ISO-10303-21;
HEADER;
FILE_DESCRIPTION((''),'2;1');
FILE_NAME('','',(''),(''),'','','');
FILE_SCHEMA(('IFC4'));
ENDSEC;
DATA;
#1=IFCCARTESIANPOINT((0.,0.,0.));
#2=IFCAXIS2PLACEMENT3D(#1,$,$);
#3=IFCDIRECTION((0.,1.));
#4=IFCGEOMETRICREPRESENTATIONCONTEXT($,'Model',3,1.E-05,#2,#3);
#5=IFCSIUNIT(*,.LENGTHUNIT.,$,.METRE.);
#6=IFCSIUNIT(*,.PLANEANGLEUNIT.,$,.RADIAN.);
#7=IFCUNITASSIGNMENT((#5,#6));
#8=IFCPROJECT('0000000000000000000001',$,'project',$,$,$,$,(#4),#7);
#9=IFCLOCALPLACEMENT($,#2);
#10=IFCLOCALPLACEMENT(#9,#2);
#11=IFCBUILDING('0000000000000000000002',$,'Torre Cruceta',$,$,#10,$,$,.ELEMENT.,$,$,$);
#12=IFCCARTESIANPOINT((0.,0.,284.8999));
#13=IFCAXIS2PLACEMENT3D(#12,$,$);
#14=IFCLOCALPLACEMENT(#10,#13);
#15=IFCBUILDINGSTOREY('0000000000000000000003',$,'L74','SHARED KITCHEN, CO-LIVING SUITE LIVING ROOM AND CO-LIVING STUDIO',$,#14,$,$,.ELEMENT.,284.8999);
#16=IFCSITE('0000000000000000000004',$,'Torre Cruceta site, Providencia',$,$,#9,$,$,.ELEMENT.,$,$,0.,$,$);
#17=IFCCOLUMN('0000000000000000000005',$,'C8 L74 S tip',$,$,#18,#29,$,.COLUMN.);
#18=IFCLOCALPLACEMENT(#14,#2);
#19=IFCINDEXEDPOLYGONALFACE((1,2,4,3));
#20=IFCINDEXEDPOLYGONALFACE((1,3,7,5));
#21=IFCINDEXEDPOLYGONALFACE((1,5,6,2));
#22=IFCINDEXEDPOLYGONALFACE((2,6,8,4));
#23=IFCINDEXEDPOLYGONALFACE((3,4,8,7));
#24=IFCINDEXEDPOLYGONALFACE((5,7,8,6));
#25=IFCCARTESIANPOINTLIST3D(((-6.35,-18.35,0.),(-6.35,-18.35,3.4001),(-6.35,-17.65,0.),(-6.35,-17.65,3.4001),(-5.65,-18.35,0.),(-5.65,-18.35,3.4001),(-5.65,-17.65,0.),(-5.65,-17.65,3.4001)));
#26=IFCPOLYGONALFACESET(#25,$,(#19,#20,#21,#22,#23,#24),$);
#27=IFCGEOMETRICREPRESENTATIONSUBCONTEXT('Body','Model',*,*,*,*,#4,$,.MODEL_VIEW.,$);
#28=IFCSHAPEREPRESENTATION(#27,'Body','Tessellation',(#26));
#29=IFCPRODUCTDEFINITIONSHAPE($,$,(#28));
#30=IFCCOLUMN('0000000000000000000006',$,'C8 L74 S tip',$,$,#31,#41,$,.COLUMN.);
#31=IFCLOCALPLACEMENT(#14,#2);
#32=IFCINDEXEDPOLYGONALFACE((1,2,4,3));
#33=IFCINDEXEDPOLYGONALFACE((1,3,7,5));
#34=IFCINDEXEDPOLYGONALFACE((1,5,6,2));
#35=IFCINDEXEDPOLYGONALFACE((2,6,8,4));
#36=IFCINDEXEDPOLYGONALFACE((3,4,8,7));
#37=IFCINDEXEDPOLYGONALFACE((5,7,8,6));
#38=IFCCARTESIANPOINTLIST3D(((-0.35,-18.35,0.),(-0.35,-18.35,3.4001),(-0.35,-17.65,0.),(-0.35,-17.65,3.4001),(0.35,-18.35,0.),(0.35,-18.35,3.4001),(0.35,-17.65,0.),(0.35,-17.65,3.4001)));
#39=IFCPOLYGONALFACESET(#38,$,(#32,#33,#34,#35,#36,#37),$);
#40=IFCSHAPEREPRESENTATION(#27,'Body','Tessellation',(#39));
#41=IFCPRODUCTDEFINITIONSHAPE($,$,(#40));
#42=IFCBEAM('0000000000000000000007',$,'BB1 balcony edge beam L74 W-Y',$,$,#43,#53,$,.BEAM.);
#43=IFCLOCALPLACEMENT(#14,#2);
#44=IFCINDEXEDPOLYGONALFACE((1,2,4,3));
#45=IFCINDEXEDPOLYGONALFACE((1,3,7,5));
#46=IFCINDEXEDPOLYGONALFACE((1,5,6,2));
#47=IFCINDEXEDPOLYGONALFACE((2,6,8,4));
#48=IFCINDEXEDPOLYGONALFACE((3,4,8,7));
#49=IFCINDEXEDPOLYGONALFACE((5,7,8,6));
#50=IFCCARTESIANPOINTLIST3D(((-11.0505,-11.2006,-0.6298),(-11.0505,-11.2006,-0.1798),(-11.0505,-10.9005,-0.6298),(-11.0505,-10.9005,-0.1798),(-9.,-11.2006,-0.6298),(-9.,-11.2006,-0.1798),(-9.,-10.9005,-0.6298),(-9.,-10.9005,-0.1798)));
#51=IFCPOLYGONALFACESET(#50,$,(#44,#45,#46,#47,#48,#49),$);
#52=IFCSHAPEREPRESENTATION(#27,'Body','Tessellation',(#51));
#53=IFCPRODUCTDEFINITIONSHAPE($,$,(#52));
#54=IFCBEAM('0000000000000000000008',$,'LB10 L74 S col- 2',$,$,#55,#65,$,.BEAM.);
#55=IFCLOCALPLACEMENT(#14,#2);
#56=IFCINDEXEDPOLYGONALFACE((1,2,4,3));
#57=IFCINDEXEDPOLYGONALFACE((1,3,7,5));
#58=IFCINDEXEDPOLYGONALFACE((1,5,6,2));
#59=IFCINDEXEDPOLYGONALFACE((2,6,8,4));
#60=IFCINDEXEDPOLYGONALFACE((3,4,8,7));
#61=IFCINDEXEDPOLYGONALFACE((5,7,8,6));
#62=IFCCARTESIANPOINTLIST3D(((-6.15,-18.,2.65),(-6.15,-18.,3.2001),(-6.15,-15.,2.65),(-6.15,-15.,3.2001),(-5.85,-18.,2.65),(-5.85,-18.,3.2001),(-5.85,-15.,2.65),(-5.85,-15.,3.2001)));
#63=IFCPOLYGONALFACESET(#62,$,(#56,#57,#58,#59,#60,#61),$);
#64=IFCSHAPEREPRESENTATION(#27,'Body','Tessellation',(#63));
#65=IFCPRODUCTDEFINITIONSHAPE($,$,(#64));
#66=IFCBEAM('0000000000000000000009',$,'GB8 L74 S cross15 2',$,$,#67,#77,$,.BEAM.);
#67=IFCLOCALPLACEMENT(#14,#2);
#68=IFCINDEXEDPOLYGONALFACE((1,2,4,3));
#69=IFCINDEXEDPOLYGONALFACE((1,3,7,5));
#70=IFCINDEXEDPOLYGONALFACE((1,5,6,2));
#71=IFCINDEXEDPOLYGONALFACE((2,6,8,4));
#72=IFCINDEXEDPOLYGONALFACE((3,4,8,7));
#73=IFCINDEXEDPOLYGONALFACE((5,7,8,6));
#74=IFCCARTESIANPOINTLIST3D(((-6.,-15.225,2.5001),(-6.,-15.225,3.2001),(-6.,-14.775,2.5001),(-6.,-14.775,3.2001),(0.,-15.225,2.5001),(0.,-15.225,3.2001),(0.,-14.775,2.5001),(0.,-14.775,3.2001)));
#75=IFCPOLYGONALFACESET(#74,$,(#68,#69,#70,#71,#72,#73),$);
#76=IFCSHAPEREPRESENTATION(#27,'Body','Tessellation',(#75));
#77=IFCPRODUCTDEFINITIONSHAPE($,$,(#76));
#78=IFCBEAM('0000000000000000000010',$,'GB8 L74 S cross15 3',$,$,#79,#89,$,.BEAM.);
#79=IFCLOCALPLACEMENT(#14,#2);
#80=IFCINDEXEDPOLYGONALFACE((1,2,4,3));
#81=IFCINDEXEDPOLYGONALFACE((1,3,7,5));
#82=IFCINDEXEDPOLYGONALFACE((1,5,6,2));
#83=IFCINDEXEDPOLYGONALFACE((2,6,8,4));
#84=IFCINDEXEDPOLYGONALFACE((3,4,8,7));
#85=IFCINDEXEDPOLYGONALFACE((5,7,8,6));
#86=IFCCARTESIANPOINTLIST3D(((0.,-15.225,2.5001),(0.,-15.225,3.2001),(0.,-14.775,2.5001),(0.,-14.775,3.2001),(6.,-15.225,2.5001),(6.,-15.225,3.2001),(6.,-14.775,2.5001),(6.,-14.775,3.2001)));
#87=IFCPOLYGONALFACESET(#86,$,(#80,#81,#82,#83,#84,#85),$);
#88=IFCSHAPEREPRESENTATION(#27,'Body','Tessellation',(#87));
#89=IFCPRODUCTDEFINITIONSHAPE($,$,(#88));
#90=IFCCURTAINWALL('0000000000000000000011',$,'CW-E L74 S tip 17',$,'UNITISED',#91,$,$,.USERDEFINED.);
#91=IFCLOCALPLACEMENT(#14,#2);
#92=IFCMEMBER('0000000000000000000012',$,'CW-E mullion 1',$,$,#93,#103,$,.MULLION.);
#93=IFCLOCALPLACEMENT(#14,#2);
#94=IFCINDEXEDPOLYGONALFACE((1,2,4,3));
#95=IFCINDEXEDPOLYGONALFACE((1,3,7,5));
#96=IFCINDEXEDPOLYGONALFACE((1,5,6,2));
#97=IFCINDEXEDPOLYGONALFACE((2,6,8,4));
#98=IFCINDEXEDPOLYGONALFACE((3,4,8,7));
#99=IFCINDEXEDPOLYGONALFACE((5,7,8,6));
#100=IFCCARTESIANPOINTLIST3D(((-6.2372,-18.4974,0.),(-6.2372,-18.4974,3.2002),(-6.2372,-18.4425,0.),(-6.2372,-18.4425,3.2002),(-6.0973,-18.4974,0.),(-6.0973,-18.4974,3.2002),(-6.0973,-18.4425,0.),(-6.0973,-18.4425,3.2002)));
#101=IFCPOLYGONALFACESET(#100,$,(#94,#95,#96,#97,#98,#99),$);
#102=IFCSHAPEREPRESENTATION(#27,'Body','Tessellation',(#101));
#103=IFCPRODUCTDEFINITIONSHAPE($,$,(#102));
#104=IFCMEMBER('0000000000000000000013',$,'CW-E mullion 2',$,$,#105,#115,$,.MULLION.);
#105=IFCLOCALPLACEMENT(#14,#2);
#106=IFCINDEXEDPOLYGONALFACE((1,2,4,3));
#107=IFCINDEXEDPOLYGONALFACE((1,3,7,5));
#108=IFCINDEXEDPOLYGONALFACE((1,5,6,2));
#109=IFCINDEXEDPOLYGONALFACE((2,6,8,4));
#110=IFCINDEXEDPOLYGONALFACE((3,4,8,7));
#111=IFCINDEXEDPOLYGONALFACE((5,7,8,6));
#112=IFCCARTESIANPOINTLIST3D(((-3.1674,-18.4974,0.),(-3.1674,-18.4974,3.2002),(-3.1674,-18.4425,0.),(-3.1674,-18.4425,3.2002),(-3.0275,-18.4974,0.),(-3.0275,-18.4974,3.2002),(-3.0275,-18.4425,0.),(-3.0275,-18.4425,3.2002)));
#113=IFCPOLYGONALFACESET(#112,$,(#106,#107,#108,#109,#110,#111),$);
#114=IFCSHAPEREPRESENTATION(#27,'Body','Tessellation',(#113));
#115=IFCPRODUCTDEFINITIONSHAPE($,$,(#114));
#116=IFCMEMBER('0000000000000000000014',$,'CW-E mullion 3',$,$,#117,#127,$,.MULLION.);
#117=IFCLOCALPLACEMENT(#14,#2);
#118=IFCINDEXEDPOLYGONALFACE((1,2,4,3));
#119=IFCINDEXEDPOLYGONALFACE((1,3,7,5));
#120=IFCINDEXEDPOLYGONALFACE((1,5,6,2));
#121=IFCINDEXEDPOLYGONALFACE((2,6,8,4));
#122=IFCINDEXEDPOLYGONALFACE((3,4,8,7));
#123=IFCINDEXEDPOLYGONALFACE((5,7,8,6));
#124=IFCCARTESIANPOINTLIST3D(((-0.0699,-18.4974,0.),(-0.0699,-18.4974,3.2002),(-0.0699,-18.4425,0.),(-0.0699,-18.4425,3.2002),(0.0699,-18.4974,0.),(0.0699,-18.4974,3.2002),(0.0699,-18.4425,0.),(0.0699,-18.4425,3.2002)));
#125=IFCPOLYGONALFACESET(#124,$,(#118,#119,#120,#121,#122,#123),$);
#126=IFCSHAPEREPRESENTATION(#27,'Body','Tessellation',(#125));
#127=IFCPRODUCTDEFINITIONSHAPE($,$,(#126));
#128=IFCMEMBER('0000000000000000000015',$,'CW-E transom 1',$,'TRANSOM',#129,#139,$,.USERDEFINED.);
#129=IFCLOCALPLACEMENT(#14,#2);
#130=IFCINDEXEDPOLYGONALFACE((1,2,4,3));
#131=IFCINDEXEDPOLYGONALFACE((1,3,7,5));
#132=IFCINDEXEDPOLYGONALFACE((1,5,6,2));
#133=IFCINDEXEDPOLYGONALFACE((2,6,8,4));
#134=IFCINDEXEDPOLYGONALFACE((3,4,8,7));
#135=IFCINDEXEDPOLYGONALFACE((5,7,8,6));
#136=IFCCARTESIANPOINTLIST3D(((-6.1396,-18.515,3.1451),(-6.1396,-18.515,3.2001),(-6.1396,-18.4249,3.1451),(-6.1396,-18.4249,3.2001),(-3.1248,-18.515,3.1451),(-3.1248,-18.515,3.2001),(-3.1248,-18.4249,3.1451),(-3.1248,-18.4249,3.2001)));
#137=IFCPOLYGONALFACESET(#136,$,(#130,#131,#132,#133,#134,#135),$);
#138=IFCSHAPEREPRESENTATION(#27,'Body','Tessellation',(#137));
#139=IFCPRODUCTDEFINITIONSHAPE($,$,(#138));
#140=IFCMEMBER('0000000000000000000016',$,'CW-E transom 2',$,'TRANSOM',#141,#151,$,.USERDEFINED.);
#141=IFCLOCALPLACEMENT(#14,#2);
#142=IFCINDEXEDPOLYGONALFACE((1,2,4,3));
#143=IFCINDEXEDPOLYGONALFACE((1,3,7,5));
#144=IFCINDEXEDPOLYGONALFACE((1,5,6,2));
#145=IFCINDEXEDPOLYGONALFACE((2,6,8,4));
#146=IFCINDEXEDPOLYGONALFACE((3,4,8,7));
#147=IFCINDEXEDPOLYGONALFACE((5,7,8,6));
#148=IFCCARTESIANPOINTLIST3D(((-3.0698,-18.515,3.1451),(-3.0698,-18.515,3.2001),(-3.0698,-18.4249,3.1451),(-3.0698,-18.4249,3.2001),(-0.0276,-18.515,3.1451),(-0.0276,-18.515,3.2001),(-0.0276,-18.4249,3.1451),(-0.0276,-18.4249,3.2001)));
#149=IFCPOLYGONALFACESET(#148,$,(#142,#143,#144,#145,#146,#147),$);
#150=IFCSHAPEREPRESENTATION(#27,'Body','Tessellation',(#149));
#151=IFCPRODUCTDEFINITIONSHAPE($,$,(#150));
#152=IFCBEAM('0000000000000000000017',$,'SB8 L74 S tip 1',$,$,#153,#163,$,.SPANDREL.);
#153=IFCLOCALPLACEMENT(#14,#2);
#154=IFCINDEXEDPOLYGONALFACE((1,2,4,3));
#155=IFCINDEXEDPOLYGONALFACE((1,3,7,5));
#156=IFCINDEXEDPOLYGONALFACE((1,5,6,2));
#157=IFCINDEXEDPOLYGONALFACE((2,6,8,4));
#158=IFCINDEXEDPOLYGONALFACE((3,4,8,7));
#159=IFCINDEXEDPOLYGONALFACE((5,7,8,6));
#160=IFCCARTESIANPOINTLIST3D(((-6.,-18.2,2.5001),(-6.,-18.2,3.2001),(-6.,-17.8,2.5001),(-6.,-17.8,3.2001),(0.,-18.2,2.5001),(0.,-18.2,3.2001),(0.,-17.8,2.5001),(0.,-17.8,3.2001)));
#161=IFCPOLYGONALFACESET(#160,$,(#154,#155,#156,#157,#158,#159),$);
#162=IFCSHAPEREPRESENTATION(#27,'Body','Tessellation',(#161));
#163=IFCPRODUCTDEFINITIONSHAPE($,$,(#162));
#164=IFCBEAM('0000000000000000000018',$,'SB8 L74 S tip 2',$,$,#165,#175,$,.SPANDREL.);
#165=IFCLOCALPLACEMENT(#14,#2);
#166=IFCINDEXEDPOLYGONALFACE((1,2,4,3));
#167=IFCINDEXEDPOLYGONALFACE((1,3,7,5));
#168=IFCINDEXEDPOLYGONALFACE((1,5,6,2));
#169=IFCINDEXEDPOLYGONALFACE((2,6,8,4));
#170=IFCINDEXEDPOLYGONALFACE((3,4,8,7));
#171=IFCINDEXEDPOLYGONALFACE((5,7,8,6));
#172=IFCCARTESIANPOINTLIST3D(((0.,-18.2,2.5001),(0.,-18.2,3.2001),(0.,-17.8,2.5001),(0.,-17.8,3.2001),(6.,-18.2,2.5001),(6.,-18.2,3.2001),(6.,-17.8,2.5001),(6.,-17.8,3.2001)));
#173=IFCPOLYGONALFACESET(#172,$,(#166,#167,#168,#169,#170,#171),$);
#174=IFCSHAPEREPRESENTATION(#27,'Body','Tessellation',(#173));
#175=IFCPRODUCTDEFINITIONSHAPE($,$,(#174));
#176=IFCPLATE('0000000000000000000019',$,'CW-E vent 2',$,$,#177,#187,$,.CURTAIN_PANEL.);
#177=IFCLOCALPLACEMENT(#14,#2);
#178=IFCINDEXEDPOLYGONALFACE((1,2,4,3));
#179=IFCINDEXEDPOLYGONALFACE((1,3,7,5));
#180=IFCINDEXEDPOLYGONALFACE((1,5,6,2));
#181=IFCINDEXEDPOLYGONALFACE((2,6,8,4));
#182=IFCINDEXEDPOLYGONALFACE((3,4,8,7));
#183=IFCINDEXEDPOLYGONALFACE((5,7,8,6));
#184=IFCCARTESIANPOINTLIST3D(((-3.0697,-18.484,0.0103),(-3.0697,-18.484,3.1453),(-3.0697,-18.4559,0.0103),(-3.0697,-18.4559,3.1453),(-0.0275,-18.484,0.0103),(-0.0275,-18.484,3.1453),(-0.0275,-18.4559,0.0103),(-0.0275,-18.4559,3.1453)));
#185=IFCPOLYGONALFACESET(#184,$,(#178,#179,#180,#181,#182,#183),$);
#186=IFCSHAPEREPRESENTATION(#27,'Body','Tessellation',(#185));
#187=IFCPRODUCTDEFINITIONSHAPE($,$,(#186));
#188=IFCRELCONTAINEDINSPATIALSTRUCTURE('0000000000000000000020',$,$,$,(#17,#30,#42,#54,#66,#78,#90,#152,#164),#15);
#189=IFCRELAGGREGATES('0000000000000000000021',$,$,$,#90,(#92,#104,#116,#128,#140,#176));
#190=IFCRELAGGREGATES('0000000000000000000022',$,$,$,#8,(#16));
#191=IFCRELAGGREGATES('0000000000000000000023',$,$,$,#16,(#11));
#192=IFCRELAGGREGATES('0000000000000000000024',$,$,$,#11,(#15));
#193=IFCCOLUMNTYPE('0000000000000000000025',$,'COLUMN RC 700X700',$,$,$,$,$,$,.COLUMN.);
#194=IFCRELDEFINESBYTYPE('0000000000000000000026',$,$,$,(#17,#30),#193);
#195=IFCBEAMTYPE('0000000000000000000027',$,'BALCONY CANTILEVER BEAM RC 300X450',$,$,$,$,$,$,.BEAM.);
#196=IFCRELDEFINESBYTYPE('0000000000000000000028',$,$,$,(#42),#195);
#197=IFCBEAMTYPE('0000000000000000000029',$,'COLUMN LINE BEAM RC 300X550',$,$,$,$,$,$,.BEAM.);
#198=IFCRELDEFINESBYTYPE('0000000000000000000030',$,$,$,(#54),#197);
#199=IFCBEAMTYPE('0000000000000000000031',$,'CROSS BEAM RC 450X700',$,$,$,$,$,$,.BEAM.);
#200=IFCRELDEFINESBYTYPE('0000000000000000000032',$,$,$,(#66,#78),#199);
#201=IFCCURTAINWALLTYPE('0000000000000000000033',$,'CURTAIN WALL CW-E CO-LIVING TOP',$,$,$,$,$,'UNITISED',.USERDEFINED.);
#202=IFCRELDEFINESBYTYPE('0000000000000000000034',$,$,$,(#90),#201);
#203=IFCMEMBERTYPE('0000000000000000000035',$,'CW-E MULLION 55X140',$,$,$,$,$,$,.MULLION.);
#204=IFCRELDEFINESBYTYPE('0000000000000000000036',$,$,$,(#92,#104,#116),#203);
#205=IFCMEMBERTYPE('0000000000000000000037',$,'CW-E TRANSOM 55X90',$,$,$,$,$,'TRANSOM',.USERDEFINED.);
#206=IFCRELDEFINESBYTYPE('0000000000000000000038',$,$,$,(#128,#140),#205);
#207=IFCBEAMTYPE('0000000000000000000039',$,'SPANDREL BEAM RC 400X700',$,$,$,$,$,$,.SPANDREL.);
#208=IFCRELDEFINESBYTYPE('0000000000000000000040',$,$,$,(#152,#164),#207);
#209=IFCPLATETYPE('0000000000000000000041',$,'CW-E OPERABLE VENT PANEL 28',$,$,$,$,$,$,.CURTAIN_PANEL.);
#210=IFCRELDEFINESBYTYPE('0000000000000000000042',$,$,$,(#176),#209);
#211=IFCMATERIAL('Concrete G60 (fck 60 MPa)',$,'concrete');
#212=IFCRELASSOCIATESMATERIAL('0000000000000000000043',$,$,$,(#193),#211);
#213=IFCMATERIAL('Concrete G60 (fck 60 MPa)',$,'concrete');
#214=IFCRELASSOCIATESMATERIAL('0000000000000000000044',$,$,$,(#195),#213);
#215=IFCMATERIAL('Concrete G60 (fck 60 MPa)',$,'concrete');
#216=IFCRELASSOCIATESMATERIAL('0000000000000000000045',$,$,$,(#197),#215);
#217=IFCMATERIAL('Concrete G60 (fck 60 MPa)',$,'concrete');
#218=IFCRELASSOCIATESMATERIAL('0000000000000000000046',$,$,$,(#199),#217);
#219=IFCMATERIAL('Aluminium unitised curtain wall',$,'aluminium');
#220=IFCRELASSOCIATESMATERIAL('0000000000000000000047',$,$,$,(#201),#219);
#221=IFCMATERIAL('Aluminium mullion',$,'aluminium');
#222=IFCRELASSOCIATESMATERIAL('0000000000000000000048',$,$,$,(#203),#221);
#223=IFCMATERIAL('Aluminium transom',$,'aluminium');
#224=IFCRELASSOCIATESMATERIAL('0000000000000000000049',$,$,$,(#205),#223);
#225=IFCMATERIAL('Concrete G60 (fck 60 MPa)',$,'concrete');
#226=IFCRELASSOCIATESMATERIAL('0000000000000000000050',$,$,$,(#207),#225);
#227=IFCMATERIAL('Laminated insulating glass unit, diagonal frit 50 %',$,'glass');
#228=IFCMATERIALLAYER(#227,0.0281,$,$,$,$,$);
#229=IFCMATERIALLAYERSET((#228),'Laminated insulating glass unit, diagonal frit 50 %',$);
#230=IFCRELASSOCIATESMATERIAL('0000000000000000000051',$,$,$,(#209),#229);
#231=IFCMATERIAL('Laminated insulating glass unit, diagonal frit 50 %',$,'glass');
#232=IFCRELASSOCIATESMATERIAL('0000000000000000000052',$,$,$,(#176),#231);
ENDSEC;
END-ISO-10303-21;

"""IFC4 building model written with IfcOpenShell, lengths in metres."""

from ifc_helpers import new_model, si_unit, direction, frame, origin, origin_2d, place, context, subcontext, project, spatial, rectangle, extrude, material, layer, layer_set, material_profile, profile_set, type_object, element, aggregate, save


model = new_model("IFC4")

# Units and contexts
model_context = context("Model", 3, precision=1e-05, world=origin(), true_north=direction((0.0, 1.0)))
body_context = subcontext(model_context, "Body", "Model", "MODEL_VIEW")
ifc_project = project(units=[si_unit("LENGTHUNIT", "METRE"), si_unit("PLANEANGLEUNIT", "RADIAN")], contexts=[model_context])

# Site, building, storey
site_placement = place(None, origin())
site = spatial("IfcSite", under=ifc_project, at=site_placement, Name="Torre Cruceta site, Providencia", CompositionType="ELEMENT", RefElevation=0.0)
building_placement = place(site_placement, origin())
building = spatial("IfcBuilding", under=site, at=building_placement, Name="Torre Cruceta", CompositionType="ELEMENT")
storey_placement = place(building_placement, frame((0.0, 0.0, 284.8999)))
storey = spatial("IfcBuildingStorey", under=building, at=storey_placement, Name="L74", Description="SHARED KITCHEN, CO-LIVING SUITE LIVING ROOM AND CO-LIVING STUDIO", CompositionType="ELEMENT", Elevation=284.8999)

# Columns
ifc_material_1 = material(Name="Concrete G60 (fck 60 MPa)", Category="concrete")
ifc_material_profile_1 = material_profile(ifc_material_1, rectangle(XDim=0.7, YDim=0.7, at=origin_2d()), Name="RC 700X700")
ifc_profile_set_1 = profile_set([ifc_material_profile_1], Name="Concrete G60 (fck 60 MPa)")
column_type = type_object("IfcColumnType", Name="COLUMN RC 700X700", PredefinedType="COLUMN", material=ifc_profile_set_1)
for number, where, z_axis, x_axis, name in (
    (1, (-6.0, -18.0, 0.0), (0.0, 0.0, 1.0), (1.0, 0.0, 0.0), "C8 L74 S tip"),
    (2, (0.0, -18.0, 0.0), (0.0, 0.0, 1.0), (1.0, 0.0, 0.0), "C8 L74 S tip"),
):
    element("IfcColumn", number, at=place(storey_placement, frame(where, z_axis=z_axis, x_axis=x_axis)), inside=storey, type_object=column_type, Name=name, PredefinedType="COLUMN", context=body_context, shape_type="SweptSolid", body=[
        extrude(rectangle(XDim=0.7, YDim=0.7, at=origin_2d()), origin(), (0.0, 0.0, 1.0), 3.4001),
    ])

# Beams
ifc_material_2 = material(Name="Concrete G60 (fck 60 MPa)", Category="concrete")
ifc_material_profile_2 = material_profile(ifc_material_2, rectangle(XDim=0.3, YDim=0.45, at=origin_2d()), Name="RC 300X450")
ifc_profile_set_2 = profile_set([ifc_material_profile_2], Name="Concrete G60 (fck 60 MPa)")
beam_type_1 = type_object("IfcBeamType", Name="BALCONY CANTILEVER BEAM RC 300X450", PredefinedType="BEAM", material=ifc_profile_set_2)
beam_1_placement = place(storey_placement, frame((-9.0, -11.0505, -0.4048), z_axis=(-1.0, 0.0, 0.0), x_axis=(0.0, -1.0, 0.0)))
element("IfcBeam", 3, at=beam_1_placement, inside=storey, type_object=beam_type_1, Name="BB1 balcony edge beam L74 W-Y", PredefinedType="BEAM", context=body_context, shape_type="SweptSolid", body=[
    extrude(rectangle(XDim=0.3, YDim=0.45, at=origin_2d()), origin(), (0.0, 0.0, 1.0), 2.0505),
])
ifc_material_3 = material(Name="Concrete G60 (fck 60 MPa)", Category="concrete")
ifc_material_profile_3 = material_profile(ifc_material_3, rectangle(XDim=0.3, YDim=0.55, at=origin_2d()), Name="RC 300X550")
ifc_profile_set_3 = profile_set([ifc_material_profile_3], Name="Concrete G60 (fck 60 MPa)")
beam_type_2 = type_object("IfcBeamType", Name="COLUMN LINE BEAM RC 300X550", PredefinedType="BEAM", material=ifc_profile_set_3)
beam_2_placement = place(storey_placement, frame((-6.0, -15.0, 2.925), z_axis=(0.0, -1.0, 0.0), x_axis=(1.0, 0.0, 0.0)))
element("IfcBeam", 4, at=beam_2_placement, inside=storey, type_object=beam_type_2, Name="LB10 L74 S col- 2", PredefinedType="BEAM", context=body_context, shape_type="SweptSolid", body=[
    extrude(rectangle(XDim=0.3, YDim=0.55, at=origin_2d()), origin(), (0.0, 0.0, 1.0), 3.0),
])
ifc_material_4 = material(Name="Concrete G60 (fck 60 MPa)", Category="concrete")
ifc_material_profile_4 = material_profile(ifc_material_4, rectangle(XDim=0.45, YDim=0.7, at=origin_2d()), Name="RC 450X700")
ifc_profile_set_4 = profile_set([ifc_material_profile_4], Name="Concrete G60 (fck 60 MPa)")
beam_type_3 = type_object("IfcBeamType", Name="CROSS BEAM RC 450X700", PredefinedType="BEAM", material=ifc_profile_set_4)
for number, where, z_axis, x_axis, name in (
    (5, (-6.0, -15.0, 2.8501), (1.0, 0.0, 0.0), (0.0, 1.0, 0.0), "GB8 L74 S cross15 2"),
    (6, (0.0, -15.0, 2.8501), (1.0, 0.0, 0.0), (0.0, 1.0, 0.0), "GB8 L74 S cross15 3"),
):
    element("IfcBeam", number, at=place(storey_placement, frame(where, z_axis=z_axis, x_axis=x_axis)), inside=storey, type_object=beam_type_3, Name=name, PredefinedType="BEAM", context=body_context, shape_type="SweptSolid", body=[
        extrude(rectangle(XDim=0.45, YDim=0.7, at=origin_2d()), origin(), (0.0, 0.0, 1.0), 6.0),
    ])

# Curtain wall, members
ifc_material_5 = material(Name="Aluminium unitised curtain wall", Category="aluminium")
curtain_wall_type = type_object("IfcCurtainWallType", Name="CURTAIN WALL CW-E CO-LIVING TOP", ElementType="UNITISED", PredefinedType="USERDEFINED", material=ifc_material_5)
curtain_wall_placement = place(storey_placement, origin())
curtain_wall = element("IfcCurtainWall", 7, at=curtain_wall_placement, inside=storey, type_object=curtain_wall_type, Name="CW-E L74 S tip 17", ObjectType="UNITISED", PredefinedType="USERDEFINED")
ifc_material_6 = material(Name="Aluminium mullion", Category="aluminium")
ifc_material_profile_5 = material_profile(ifc_material_6, rectangle(XDim=0.0549, YDim=0.1399, at=origin_2d()), Name="AL 55X140")
ifc_profile_set_5 = profile_set([ifc_material_profile_5], Name="Aluminium mullion")
member_type_1 = type_object("IfcMemberType", Name="CW-E MULLION 55X140", PredefinedType="MULLION", material=ifc_profile_set_5)
member_1_placement = place(storey_placement, frame((-6.1672, -18.47, 0.0), z_axis=(0.0, 0.0, 1.0), x_axis=(0.0, 1.0, 0.0)))
member_1 = element("IfcMember", 8, at=member_1_placement, type_object=member_type_1, Name="CW-E mullion 1", PredefinedType="MULLION", context=body_context, shape_type="SweptSolid", body=[
    extrude(rectangle(XDim=0.0549, YDim=0.1399, at=origin_2d()), origin(), (0.0, 0.0, 1.0), 3.2002),
])
member_2_placement = place(storey_placement, frame((-3.0974, -18.47, 0.0), z_axis=(0.0, 0.0, 1.0), x_axis=(0.0, 1.0, 0.0)))
member_2 = element("IfcMember", 9, at=member_2_placement, type_object=member_type_1, Name="CW-E mullion 2", PredefinedType="MULLION", context=body_context, shape_type="SweptSolid", body=[
    extrude(rectangle(XDim=0.0549, YDim=0.1399, at=origin_2d()), origin(), (0.0, 0.0, 1.0), 3.2002),
])
member_3_placement = place(storey_placement, frame((0.0, -18.47, 0.0), z_axis=(0.0, 0.0, 1.0), x_axis=(0.0, 1.0, 0.0)))
member_3 = element("IfcMember", 10, at=member_3_placement, type_object=member_type_1, Name="CW-E mullion 3", PredefinedType="MULLION", context=body_context, shape_type="SweptSolid", body=[
    extrude(rectangle(XDim=0.0549, YDim=0.1399, at=origin_2d()), origin(), (0.0, 0.0, 1.0), 3.2002),
])
ifc_material_7 = material(Name="Aluminium transom", Category="aluminium")
ifc_material_profile_6 = material_profile(ifc_material_7, rectangle(XDim=0.0901, YDim=0.0549, at=origin_2d()), Name="AL 90X55")
ifc_profile_set_6 = profile_set([ifc_material_profile_6], Name="Aluminium transom")
member_type_2 = type_object("IfcMemberType", Name="CW-E TRANSOM 55X90", ElementType="TRANSOM", PredefinedType="USERDEFINED", material=ifc_profile_set_6)
member_4_placement = place(storey_placement, frame((-6.1396, -18.47, 3.1726), z_axis=(1.0, 0.0, 0.0), x_axis=(0.0, 1.0, 0.0)))
member_4 = element("IfcMember", 11, at=member_4_placement, type_object=member_type_2, Name="CW-E transom 1", ObjectType="TRANSOM", PredefinedType="USERDEFINED", context=body_context, shape_type="SweptSolid", body=[
    extrude(rectangle(XDim=0.0901, YDim=0.0549, at=origin_2d()), origin(), (0.0, 0.0, 1.0), 3.0149),
])
member_5_placement = place(storey_placement, frame((-3.0698, -18.47, 3.1726), z_axis=(1.0, 0.0, 0.0), x_axis=(0.0, 1.0, 0.0)))
member_5 = element("IfcMember", 12, at=member_5_placement, type_object=member_type_2, Name="CW-E transom 2", ObjectType="TRANSOM", PredefinedType="USERDEFINED", context=body_context, shape_type="SweptSolid", body=[
    extrude(rectangle(XDim=0.0901, YDim=0.0549, at=origin_2d()), origin(), (0.0, 0.0, 1.0), 3.0422),
])

# Beams
ifc_material_8 = material(Name="Concrete G60 (fck 60 MPa)", Category="concrete")
ifc_material_profile_7 = material_profile(ifc_material_8, rectangle(XDim=0.3999, YDim=0.7, at=origin_2d()), Name="RC 400X700")
ifc_profile_set_7 = profile_set([ifc_material_profile_7], Name="Concrete G60 (fck 60 MPa)")
beam_type_4 = type_object("IfcBeamType", Name="SPANDREL BEAM RC 400X700", PredefinedType="SPANDREL", material=ifc_profile_set_7)
for number, where, z_axis, x_axis, name in (
    (13, (-6.0, -18.0, 2.8501), (1.0, 0.0, 0.0), (0.0, 1.0, 0.0), "SB8 L74 S tip 1"),
    (14, (0.0, -18.0, 2.8501), (1.0, 0.0, 0.0), (0.0, 1.0, 0.0), "SB8 L74 S tip 2"),
):
    element("IfcBeam", number, at=place(storey_placement, frame(where, z_axis=z_axis, x_axis=x_axis)), inside=storey, type_object=beam_type_4, Name=name, PredefinedType="SPANDREL", context=body_context, shape_type="SweptSolid", body=[
        extrude(rectangle(XDim=0.3999, YDim=0.7, at=origin_2d()), origin(), (0.0, 0.0, 1.0), 6.0),
    ])

# Plate
ifc_material_9 = material(Name="Laminated insulating glass unit, diagonal frit 50 %", Category="glass")
ifc_material_10 = material(Name="Laminated insulating glass unit, diagonal frit 50 %", Category="glass")
ifc_layer_1 = layer(ifc_material_10, 0.0281)
ifc_layer_set_1 = layer_set([ifc_layer_1], Name="Laminated insulating glass unit, diagonal frit 50 %")
plate_type_1 = type_object("IfcPlateType", Name="CW-E OPERABLE VENT PANEL 28", PredefinedType="CURTAIN_PANEL", material=ifc_layer_set_1)
plate_1_placement = place(storey_placement, frame((-1.5486, -18.47, 0.0103), z_axis=(0.0, 0.0, 1.0), x_axis=(1.0, 0.0, 0.0)))
plate_1 = element("IfcPlate", 15, at=plate_1_placement, type_object=plate_type_1, material=ifc_material_9, Name="CW-E vent 2", PredefinedType="CURTAIN_PANEL", context=body_context, shape_type="SweptSolid", body=[
    extrude(rectangle(XDim=3.0422, YDim=0.0281, at=origin_2d()), origin(), (0.0, 0.0, 1.0), 3.135),
])
aggregate(curtain_wall, [member_1, member_2, member_3, member_4, member_5, plate_1])

save(model, "model.ifc")
